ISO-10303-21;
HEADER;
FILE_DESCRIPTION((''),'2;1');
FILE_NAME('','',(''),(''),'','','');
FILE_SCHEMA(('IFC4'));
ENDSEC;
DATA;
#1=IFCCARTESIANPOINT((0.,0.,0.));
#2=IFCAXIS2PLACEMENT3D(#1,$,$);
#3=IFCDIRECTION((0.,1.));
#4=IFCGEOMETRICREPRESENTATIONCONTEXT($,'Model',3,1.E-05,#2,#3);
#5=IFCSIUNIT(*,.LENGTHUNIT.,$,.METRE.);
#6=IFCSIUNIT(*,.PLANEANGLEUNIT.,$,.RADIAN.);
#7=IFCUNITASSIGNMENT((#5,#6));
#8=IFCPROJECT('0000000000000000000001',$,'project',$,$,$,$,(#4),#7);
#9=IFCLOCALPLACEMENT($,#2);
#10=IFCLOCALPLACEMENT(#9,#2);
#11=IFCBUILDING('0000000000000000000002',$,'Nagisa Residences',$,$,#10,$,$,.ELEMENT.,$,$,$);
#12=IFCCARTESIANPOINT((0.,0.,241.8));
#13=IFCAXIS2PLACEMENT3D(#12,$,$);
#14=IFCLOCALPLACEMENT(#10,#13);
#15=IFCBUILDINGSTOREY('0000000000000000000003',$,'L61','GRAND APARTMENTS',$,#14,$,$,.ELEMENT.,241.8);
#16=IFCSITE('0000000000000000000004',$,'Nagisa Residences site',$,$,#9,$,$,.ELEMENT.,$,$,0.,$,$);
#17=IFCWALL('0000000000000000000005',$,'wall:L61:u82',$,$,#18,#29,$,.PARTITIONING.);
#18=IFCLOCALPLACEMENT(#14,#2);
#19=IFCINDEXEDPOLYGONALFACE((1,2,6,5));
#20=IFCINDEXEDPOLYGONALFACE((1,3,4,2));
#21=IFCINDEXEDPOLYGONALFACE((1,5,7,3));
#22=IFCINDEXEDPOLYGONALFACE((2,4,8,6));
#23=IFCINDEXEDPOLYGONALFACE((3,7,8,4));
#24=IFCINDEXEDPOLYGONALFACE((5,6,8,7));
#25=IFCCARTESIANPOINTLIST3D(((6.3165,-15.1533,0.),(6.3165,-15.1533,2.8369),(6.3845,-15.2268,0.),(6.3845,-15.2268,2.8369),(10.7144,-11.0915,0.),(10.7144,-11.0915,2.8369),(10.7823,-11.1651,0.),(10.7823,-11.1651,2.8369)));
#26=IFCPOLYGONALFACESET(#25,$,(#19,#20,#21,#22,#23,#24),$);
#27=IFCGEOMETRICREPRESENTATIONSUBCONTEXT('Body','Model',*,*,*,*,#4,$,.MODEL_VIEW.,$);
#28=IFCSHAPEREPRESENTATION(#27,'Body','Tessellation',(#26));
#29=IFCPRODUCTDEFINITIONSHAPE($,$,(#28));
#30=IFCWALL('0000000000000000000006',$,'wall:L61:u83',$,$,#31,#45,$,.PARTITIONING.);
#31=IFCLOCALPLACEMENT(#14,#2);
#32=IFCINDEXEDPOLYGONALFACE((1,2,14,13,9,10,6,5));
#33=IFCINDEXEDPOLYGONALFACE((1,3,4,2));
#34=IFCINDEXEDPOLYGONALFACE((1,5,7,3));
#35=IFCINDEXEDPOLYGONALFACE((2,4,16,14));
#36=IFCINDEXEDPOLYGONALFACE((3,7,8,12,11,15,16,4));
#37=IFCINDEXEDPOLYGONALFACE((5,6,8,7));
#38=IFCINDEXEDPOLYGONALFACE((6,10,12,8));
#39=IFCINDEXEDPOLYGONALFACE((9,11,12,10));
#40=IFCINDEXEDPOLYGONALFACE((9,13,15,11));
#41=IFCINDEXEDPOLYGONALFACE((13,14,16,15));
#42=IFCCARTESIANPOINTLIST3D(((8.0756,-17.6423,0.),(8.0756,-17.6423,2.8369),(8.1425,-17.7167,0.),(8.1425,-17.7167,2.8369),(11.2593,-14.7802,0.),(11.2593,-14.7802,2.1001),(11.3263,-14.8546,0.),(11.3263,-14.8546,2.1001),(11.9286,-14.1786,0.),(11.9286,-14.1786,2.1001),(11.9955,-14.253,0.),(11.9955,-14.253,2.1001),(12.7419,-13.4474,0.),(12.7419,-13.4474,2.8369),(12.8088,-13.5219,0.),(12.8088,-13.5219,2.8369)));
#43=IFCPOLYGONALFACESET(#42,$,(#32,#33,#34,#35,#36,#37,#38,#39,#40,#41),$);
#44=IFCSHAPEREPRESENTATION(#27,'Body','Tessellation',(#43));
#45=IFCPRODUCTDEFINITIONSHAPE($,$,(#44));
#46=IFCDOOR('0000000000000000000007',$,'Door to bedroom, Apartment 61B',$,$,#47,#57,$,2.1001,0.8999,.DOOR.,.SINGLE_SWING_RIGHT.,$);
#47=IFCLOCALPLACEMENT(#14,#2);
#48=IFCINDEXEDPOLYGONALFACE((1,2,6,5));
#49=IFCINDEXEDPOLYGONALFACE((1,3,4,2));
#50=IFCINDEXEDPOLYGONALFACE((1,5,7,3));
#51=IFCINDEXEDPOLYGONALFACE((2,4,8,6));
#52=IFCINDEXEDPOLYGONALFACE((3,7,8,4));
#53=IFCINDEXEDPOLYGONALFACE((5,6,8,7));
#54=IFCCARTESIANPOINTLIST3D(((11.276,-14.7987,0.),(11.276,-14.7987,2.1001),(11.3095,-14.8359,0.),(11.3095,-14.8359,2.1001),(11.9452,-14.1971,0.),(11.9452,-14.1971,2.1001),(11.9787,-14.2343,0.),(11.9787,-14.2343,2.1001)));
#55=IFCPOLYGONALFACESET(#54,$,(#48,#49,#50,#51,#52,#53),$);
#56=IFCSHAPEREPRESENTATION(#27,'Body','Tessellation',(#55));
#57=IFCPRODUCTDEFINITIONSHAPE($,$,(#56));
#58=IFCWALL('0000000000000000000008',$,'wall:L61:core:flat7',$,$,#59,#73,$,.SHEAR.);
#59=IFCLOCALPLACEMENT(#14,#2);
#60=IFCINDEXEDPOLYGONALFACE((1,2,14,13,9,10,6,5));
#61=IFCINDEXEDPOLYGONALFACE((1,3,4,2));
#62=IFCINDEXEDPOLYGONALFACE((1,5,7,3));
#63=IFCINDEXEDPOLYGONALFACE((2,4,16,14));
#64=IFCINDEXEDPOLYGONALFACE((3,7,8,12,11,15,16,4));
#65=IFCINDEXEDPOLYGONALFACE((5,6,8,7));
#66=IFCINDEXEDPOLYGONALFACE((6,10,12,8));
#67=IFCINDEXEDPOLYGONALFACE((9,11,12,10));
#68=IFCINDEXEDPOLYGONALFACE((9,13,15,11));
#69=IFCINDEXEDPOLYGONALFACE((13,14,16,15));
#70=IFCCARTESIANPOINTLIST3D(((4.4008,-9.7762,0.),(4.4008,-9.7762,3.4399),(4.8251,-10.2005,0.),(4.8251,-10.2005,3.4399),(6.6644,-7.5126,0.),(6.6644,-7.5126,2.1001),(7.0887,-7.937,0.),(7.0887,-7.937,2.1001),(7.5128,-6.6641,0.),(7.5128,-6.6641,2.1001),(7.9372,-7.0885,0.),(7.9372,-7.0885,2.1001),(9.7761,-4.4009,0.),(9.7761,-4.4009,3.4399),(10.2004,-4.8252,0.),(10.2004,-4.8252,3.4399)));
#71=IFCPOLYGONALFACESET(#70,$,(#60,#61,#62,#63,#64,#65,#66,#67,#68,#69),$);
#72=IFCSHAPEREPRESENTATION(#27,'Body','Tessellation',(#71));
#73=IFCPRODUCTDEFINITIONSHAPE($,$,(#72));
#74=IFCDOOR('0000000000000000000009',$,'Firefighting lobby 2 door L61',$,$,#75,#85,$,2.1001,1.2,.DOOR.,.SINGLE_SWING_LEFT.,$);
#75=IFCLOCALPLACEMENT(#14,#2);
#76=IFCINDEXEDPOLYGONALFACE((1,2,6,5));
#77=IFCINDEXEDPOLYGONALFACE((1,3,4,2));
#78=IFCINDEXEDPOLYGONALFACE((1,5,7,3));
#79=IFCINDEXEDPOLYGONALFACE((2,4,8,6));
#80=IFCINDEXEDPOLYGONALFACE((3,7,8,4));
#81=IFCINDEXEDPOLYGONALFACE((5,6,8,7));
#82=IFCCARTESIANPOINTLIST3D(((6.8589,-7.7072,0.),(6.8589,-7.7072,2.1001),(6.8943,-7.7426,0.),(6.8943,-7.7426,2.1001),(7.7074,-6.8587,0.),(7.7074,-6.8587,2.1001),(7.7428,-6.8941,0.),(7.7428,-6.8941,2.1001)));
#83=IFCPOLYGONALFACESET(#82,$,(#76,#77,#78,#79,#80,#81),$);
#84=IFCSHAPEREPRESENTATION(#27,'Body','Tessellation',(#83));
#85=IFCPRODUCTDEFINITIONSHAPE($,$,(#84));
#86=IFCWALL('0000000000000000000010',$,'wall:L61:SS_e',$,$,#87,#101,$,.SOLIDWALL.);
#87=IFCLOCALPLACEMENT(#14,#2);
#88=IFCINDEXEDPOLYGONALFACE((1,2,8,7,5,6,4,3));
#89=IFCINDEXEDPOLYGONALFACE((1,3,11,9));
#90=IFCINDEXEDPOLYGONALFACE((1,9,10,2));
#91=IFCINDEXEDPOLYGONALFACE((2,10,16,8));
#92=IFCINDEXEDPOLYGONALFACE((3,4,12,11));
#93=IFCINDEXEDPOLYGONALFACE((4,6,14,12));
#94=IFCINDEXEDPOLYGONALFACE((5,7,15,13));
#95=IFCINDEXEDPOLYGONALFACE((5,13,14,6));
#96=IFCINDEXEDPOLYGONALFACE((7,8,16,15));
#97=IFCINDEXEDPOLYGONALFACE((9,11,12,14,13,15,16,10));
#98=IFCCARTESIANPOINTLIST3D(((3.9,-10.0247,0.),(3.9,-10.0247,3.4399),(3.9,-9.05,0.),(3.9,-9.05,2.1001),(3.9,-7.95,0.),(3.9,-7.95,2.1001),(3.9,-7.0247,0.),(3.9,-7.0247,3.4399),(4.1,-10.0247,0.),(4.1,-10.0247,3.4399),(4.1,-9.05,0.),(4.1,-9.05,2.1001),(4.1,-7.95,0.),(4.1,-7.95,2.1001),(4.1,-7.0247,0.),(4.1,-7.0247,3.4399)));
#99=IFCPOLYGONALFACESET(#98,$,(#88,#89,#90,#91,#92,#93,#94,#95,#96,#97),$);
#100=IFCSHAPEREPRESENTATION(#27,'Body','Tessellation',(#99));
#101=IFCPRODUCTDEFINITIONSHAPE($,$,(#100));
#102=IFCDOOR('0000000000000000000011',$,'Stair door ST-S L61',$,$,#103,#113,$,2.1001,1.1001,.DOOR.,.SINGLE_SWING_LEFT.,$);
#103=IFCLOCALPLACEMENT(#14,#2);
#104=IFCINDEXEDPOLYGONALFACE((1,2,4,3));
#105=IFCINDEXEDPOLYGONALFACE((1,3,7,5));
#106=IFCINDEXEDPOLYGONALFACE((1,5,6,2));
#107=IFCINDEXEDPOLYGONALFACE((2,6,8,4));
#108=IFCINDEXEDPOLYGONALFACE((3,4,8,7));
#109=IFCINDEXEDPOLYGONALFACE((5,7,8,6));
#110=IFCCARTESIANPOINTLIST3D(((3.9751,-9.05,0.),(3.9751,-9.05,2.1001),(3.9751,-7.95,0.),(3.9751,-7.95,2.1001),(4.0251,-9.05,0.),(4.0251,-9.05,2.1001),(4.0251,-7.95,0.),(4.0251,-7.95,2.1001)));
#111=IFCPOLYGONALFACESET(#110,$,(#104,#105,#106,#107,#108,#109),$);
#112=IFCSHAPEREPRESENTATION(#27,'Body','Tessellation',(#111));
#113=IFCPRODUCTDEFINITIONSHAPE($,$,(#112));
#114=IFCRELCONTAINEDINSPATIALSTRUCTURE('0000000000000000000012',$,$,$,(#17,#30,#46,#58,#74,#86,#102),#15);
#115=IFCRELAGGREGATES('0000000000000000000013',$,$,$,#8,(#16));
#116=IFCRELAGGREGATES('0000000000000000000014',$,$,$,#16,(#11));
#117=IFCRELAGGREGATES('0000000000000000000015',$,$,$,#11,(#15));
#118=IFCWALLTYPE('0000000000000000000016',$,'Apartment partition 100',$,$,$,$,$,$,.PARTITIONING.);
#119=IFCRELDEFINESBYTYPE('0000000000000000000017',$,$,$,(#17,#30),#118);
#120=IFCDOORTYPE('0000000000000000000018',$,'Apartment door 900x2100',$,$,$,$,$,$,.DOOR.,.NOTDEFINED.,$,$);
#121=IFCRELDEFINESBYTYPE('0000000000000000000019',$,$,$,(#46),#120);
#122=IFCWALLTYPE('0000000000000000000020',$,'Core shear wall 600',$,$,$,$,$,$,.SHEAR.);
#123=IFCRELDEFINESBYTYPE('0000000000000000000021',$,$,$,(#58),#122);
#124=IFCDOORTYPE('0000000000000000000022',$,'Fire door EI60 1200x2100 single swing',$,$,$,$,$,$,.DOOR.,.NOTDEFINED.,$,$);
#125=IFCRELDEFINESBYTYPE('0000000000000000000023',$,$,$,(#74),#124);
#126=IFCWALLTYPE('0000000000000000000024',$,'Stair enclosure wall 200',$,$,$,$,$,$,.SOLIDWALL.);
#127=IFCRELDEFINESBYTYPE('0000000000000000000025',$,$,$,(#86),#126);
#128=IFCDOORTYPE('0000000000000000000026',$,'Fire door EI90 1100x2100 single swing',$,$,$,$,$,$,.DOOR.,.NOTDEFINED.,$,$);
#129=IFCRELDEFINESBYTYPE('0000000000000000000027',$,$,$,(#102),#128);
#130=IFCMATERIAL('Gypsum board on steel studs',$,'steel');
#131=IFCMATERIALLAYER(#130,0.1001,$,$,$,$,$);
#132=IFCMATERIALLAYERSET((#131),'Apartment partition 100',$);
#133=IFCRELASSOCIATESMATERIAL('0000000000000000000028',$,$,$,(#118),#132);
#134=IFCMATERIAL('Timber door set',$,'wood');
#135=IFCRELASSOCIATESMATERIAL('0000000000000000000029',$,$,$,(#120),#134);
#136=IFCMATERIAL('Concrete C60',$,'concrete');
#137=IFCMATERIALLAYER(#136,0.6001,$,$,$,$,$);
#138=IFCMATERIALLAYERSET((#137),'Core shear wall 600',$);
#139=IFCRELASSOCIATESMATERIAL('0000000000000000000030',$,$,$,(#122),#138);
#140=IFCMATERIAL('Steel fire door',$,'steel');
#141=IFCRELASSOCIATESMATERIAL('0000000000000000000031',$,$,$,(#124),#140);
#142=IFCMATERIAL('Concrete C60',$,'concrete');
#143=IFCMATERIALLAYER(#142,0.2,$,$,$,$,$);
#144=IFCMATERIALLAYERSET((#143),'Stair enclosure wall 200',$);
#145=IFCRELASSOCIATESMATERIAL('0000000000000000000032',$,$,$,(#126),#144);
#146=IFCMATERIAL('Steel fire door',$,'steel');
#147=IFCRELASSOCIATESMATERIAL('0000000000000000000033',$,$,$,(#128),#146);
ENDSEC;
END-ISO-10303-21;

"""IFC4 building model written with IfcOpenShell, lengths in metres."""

from ifc_helpers import new_model, si_unit, direction, frame, frame_2d, origin, place, context, subcontext, project, spatial, rectangle, extrude, material, layer, layer_set, type_object, element, fill, save


model = new_model("IFC4")

# Units and contexts
model_context = context("Model", 3, precision=1e-05, world=origin(), true_north=direction((0.0, 1.0)))
body_context = subcontext(model_context, "Body", "Model", "MODEL_VIEW")
ifc_project = project(units=[si_unit("LENGTHUNIT", "METRE"), si_unit("PLANEANGLEUNIT", "RADIAN")], contexts=[model_context])

# Site, building, storey
site_placement = place(None, origin())
site = spatial("IfcSite", under=ifc_project, at=site_placement, Name="Nagisa Residences site", CompositionType="ELEMENT", RefElevation=0.0)
building_placement = place(site_placement, origin())
building = spatial("IfcBuilding", under=site, at=building_placement, Name="Nagisa Residences", CompositionType="ELEMENT")
storey_placement = place(building_placement, frame((0.0, 0.0, 241.8)))
storey = spatial("IfcBuildingStorey", under=building, at=storey_placement, Name="L61", Description="GRAND APARTMENTS", CompositionType="ELEMENT", Elevation=241.8)

# Shared definitions
ifc_material_1 = material(Name="Gypsum board on steel studs", Category="steel")
ifc_layer_1 = layer(ifc_material_1, 0.1001)
ifc_layer_set_1 = layer_set([ifc_layer_1], Name="Apartment partition 100")
wall_type_1 = type_object("IfcWallType", Name="Apartment partition 100", PredefinedType="PARTITIONING", material=ifc_layer_set_1)

# Shared definitions
ifc_material_2 = material(Name="Timber door set", Category="wood")
door_type_1 = type_object("IfcDoorType", Name="Apartment door 900x2100", OperationType="NOTDEFINED", PredefinedType="DOOR", material=ifc_material_2)

# Wall
wall_1_placement = place(storey_placement, frame((6.3506, -15.1899, 0.0), z_axis=(0.0, 0.0, 1.0), x_axis=(0.734627, 0.678471, 0.0)))
element("IfcWall", 1, at=wall_1_placement, inside=storey, type_object=wall_type_1, Name="wall:L61:u82", PredefinedType="PARTITIONING", context=body_context, shape_type="SweptSolid", body=[
    extrude(rectangle(XDim=5.9866, YDim=0.1001, at=frame_2d((2.9932, 0.0))), origin(), (0.0, 0.0, 1.0), 2.8369),
])

# Walls, openings, doors
wall_2_placement = place(storey_placement, frame((8.1091, -17.6794, 0.0), z_axis=(0.0, 0.0, 1.0), x_axis=(0.743675, 0.668541, 0.0)))
wall_2 = element("IfcWall", 2, at=wall_2_placement, inside=storey, type_object=wall_type_1, Name="wall:L61:u83", PredefinedType="PARTITIONING", context=body_context, shape_type="SweptSolid", body=[
    extrude(rectangle(XDim=6.2747, YDim=0.1001, at=frame_2d((3.1372, 0.0))), origin(), (0.0, 0.0, 1.0), 2.8369),
])
opening_1_placement = place(wall_2_placement, frame((4.281, 0.0, 0.0)))
opening_1 = element("IfcOpeningElement", 3, at=opening_1_placement, cuts=wall_2, PredefinedType="OPENING", context=body_context, shape_type="SweptSolid", body=[
    extrude(rectangle(XDim=0.8999, YDim=2.1001, at=frame_2d((0.45, 1.05))), frame((0.0, 0.0601, 0.0), z_axis=(0.0, -1.0, 0.0), x_axis=(1.0, 0.0, 0.0)), (0.0, 0.0, 1.0), 0.1201),
])
door_1_placement = place(opening_1_placement, frame((0.8999, 0.0, 0.0), x_axis=(-1.0, 0.0, 0.0)))
door_1 = element("IfcDoor", 4, at=door_1_placement, inside=storey, type_object=door_type_1, Name="Door to bedroom, Apartment 61B", OperationType="SINGLE_SWING_RIGHT", OverallHeight=2.1001, OverallWidth=0.8999, PredefinedType="DOOR", context=body_context, shape_type="SweptSolid", body=[
    extrude(rectangle(XDim=0.8999, YDim=2.1001, at=frame_2d((0.45, 1.05))), frame((0.0, 0.0249, 0.0), z_axis=(0.0, -1.0, 0.0), x_axis=(1.0, 0.0, 0.0)), (0.0, 0.0, 1.0), 0.05),
])
fill(opening_1, door_1)
ifc_material_3 = material(Name="Concrete C60", Category="concrete")
ifc_layer_2 = layer(ifc_material_3, 0.6001)
ifc_layer_set_2 = layer_set([ifc_layer_2], Name="Core shear wall 600")
wall_type_2 = type_object("IfcWallType", Name="Core shear wall 600", PredefinedType="SHEAR", material=ifc_layer_set_2)
wall_3_placement = place(storey_placement, frame((4.613, -9.9883, 0.0), z_axis=(0.0, 0.0, 1.0), x_axis=(0.707107, 0.707107, 0.0)))
wall_3 = element("IfcWall", 5, at=wall_3_placement, inside=storey, type_object=wall_type_2, Name="wall:L61:core:flat7", PredefinedType="SHEAR", context=body_context, shape_type="SweptSolid", body=[
    extrude(rectangle(XDim=7.6018, YDim=0.6001, at=frame_2d((3.8008, 0.0))), origin(), (0.0, 0.0, 1.0), 3.4399),
])
opening_2_placement = place(wall_3_placement, frame((3.2009, 0.0, 0.0)))
opening_2 = element("IfcOpeningElement", 6, at=opening_2_placement, cuts=wall_3, PredefinedType="OPENING", context=body_context, shape_type="SweptSolid", body=[
    extrude(rectangle(XDim=1.2, YDim=2.1001, at=frame_2d((0.6001, 1.05))), frame((0.0, 0.3101, 0.0), z_axis=(0.0, -1.0, 0.0), x_axis=(1.0, 0.0, 0.0)), (0.0, 0.0, 1.0), 0.6201),
])
ifc_material_4 = material(Name="Steel fire door", Category="steel")
door_type_2 = type_object("IfcDoorType", Name="Fire door EI60 1200x2100 single swing", OperationType="NOTDEFINED", PredefinedType="DOOR", material=ifc_material_4)
door_2_placement = place(opening_2_placement, origin())
door_2 = element("IfcDoor", 7, at=door_2_placement, inside=storey, type_object=door_type_2, Name="Firefighting lobby 2 door L61", OperationType="SINGLE_SWING_LEFT", OverallHeight=2.1001, OverallWidth=1.2, PredefinedType="DOOR", context=body_context, shape_type="SweptSolid", body=[
    extrude(rectangle(XDim=1.2, YDim=2.1001, at=frame_2d((0.6001, 1.05))), frame((0.0, 0.0249, 0.0), z_axis=(0.0, -1.0, 0.0), x_axis=(1.0, 0.0, 0.0)), (0.0, 0.0, 1.0), 0.05),
])
fill(opening_2, door_2)
ifc_material_5 = material(Name="Concrete C60", Category="concrete")
ifc_layer_3 = layer(ifc_material_5, 0.2)
ifc_layer_set_3 = layer_set([ifc_layer_3], Name="Stair enclosure wall 200")
wall_type_3 = type_object("IfcWallType", Name="Stair enclosure wall 200", PredefinedType="SOLIDWALL", material=ifc_layer_set_3)
wall_4_placement = place(storey_placement, frame((4.0, -10.0247, 0.0), z_axis=(0.0, 0.0, 1.0), x_axis=(0.0, 1.0, 0.0)))
wall_4 = element("IfcWall", 8, at=wall_4_placement, inside=storey, type_object=wall_type_3, Name="wall:L61:SS_e", PredefinedType="SOLIDWALL", context=body_context, shape_type="SweptSolid", body=[
    extrude(rectangle(XDim=3.0, YDim=0.2, at=frame_2d((1.5, 0.0))), origin(), (0.0, 0.0, 1.0), 3.4399),
])
opening_3_placement = place(wall_4_placement, frame((0.9746, 0.0, 0.0)))
opening_3 = element("IfcOpeningElement", 9, at=opening_3_placement, cuts=wall_4, PredefinedType="OPENING", context=body_context, shape_type="SweptSolid", body=[
    extrude(rectangle(XDim=1.1001, YDim=2.1001, at=frame_2d((0.55, 1.05))), frame((0.0, 0.1099, 0.0), z_axis=(0.0, -1.0, 0.0), x_axis=(1.0, 0.0, 0.0)), (0.0, 0.0, 1.0), 0.22),
])
ifc_material_6 = material(Name="Steel fire door", Category="steel")
door_type_3 = type_object("IfcDoorType", Name="Fire door EI90 1100x2100 single swing", OperationType="NOTDEFINED", PredefinedType="DOOR", material=ifc_material_6)
door_3_placement = place(opening_3_placement, origin())
door_3 = element("IfcDoor", 10, at=door_3_placement, inside=storey, type_object=door_type_3, Name="Stair door ST-S L61", OperationType="SINGLE_SWING_LEFT", OverallHeight=2.1001, OverallWidth=1.1001, PredefinedType="DOOR", context=body_context, shape_type="SweptSolid", body=[
    extrude(rectangle(XDim=1.1001, YDim=2.1001, at=frame_2d((0.55, 1.05))), frame((0.0, 0.0249, 0.0), z_axis=(0.0, -1.0, 0.0), x_axis=(1.0, 0.0, 0.0)), (0.0, 0.0, 1.0), 0.05),
])
fill(opening_3, door_3)

save(model, "model.ifc")
